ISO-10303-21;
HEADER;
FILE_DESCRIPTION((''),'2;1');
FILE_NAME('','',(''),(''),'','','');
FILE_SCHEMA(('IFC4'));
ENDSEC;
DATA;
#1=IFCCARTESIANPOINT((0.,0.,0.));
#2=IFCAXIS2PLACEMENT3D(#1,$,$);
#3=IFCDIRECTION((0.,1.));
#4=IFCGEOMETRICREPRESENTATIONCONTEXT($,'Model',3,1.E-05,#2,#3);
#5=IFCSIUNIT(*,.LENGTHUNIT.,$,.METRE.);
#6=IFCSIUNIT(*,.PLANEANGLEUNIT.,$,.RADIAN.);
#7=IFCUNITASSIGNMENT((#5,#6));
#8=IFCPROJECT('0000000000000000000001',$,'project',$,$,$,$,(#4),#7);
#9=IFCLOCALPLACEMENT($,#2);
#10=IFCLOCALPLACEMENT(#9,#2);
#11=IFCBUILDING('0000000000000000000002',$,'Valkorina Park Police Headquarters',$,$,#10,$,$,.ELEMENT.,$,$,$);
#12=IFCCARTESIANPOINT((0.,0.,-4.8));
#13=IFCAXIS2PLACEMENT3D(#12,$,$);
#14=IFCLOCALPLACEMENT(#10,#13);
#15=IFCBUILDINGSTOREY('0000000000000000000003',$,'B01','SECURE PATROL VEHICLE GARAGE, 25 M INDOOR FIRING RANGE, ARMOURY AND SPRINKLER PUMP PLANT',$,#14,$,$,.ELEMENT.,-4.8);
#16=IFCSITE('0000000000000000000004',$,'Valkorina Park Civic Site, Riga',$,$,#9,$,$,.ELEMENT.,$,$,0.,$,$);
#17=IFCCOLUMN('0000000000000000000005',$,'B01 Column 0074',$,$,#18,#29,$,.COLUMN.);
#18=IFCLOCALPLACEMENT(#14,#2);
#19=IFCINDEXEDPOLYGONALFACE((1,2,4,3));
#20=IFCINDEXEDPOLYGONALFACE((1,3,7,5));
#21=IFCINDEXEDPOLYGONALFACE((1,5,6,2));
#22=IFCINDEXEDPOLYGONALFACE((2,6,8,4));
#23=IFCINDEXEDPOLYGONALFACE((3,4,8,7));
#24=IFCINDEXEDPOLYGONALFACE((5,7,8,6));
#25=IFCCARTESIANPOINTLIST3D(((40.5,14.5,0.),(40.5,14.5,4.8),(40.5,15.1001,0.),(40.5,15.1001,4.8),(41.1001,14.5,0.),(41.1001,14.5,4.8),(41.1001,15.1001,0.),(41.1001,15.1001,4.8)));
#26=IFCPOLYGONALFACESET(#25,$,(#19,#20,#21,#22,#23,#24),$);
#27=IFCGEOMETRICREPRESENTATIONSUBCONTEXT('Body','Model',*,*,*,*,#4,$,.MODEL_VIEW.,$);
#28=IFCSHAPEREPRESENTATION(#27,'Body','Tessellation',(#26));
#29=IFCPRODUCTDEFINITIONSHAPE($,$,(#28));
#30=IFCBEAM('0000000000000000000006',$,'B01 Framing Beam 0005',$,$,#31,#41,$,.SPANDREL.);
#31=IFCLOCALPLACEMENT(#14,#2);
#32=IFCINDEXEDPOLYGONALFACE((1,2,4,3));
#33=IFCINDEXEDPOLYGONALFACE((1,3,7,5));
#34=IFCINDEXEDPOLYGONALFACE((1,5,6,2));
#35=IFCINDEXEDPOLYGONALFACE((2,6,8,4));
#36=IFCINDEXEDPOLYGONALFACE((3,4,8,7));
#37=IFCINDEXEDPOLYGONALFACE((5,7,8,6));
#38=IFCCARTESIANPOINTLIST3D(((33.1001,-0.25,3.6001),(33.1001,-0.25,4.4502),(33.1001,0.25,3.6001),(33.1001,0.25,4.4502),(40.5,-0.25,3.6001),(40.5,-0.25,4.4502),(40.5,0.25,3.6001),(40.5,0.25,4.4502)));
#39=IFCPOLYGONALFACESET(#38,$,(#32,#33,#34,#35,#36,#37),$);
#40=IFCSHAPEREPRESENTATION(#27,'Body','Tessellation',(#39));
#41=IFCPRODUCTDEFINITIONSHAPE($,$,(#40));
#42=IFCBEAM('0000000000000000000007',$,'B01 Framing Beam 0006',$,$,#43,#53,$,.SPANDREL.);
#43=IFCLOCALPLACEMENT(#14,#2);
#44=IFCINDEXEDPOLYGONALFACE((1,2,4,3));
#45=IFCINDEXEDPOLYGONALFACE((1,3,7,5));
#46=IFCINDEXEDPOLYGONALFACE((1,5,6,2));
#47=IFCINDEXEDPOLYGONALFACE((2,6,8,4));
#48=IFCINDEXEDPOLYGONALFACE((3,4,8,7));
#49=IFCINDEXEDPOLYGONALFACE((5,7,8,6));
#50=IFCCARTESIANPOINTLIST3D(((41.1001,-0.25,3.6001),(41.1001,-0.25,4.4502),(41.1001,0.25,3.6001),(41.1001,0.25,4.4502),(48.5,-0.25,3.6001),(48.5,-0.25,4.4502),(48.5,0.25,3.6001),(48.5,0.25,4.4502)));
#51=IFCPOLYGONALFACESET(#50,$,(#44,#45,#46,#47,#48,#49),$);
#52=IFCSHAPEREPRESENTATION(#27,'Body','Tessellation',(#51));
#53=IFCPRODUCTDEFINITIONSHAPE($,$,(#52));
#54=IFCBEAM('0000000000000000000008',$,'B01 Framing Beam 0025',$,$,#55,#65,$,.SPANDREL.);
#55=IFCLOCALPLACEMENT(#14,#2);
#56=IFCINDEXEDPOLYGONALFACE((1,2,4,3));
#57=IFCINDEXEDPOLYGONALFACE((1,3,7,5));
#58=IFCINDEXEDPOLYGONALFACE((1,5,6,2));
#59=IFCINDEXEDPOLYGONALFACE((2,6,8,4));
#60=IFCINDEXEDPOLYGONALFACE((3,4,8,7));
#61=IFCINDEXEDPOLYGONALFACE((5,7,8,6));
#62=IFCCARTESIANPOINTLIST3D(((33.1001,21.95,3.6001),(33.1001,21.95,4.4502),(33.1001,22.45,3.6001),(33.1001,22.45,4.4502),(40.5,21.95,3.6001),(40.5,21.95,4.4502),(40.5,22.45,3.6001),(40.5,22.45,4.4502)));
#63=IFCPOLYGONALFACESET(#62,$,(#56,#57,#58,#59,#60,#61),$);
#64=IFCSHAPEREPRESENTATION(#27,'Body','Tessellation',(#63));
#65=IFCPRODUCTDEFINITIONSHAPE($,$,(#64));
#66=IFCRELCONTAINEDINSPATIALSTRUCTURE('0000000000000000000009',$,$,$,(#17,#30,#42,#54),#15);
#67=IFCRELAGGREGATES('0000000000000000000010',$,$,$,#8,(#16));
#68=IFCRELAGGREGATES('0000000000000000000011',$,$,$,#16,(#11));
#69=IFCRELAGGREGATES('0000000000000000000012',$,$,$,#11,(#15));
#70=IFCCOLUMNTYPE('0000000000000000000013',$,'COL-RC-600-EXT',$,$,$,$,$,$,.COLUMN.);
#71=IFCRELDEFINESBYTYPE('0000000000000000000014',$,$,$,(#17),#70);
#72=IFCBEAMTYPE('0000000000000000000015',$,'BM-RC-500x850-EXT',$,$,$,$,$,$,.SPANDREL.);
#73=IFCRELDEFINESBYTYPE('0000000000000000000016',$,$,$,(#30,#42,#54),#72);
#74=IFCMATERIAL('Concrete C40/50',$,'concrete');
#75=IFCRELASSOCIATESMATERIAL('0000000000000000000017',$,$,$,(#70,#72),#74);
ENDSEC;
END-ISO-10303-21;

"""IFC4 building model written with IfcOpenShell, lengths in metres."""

from ifc_helpers import new_model, si_unit, direction, frame, origin, origin_2d, place, context, subcontext, project, spatial, rectangle, extrude, material, material_profile, profile_set, type_object, element, save


model = new_model("IFC4")

# Units and contexts
model_context = context("Model", 3, precision=1e-05, world=origin(), true_north=direction((0.0, 1.0)))
body_context = subcontext(model_context, "Body", "Model", "MODEL_VIEW")
ifc_project = project(units=[si_unit("LENGTHUNIT", "METRE"), si_unit("PLANEANGLEUNIT", "RADIAN")], contexts=[model_context])

# Site, building, storey
site_placement = place(None, origin())
site = spatial("IfcSite", under=ifc_project, at=site_placement, Name="Valkorina Park Civic Site, Riga", CompositionType="ELEMENT", RefElevation=0.0)
building_placement = place(site_placement, origin())
building = spatial("IfcBuilding", under=site, at=building_placement, Name="Valkorina Park Police Headquarters", CompositionType="ELEMENT")
storey_placement = place(building_placement, frame((0.0, 0.0, -4.8)))
storey = spatial("IfcBuildingStorey", under=building, at=storey_placement, Name="B01", Description="SECURE PATROL VEHICLE GARAGE, 25 M INDOOR FIRING RANGE, ARMOURY AND SPRINKLER PUMP PLANT", CompositionType="ELEMENT", Elevation=-4.8)

# Shared definitions
ifc_material_1 = material(Name="Concrete C40/50", Category="concrete")

# Column
ifc_material_profile_1 = material_profile(ifc_material_1, rectangle(XDim=0.6001, YDim=0.6001, at=origin_2d()), Name="RC COL 600x600")
ifc_profile_set_1 = profile_set([ifc_material_profile_1], Name="Concrete C40/50")
column_type = type_object("IfcColumnType", Name="COL-RC-600-EXT", PredefinedType="COLUMN", material=ifc_profile_set_1)
for number, where, z_axis, x_axis, name in (
    (1, (40.8, 14.8, 0.0), (0.0, 0.0, 1.0), (1.0, 0.0, 0.0), "B01 Column 0074"),
):
    element("IfcColumn", number, at=place(storey_placement, frame(where, z_axis=z_axis, x_axis=x_axis)), inside=storey, type_object=column_type, Name=name, PredefinedType="COLUMN", context=body_context, shape_type="SweptSolid", body=[
        extrude(rectangle(XDim=0.6001, YDim=0.6001, at=origin_2d()), origin(), (0.0, 0.0, 1.0), 4.8),
    ])

# Beams
ifc_material_profile_2 = material_profile(ifc_material_1, rectangle(XDim=0.5, YDim=0.8501, at=origin_2d()), Name="RC BEAM 500x850")
ifc_profile_set_2 = profile_set([ifc_material_profile_2], Name="Concrete C40/50")
beam_type = type_object("IfcBeamType", Name="BM-RC-500x850-EXT", PredefinedType="SPANDREL", material=ifc_profile_set_2)
for number, where, z_axis, x_axis, name in (
    (2, (33.1001, 0.0, 4.0251), (1.0, 0.0, 0.0), (0.0, 1.0, 0.0), "B01 Framing Beam 0005"),
    (3, (41.1001, 0.0, 4.0251), (1.0, 0.0, 0.0), (0.0, 1.0, 0.0), "B01 Framing Beam 0006"),
    (4, (33.1001, 22.2, 4.0251), (1.0, 0.0, 0.0), (0.0, 1.0, 0.0), "B01 Framing Beam 0025"),
):
    element("IfcBeam", number, at=place(storey_placement, frame(where, z_axis=z_axis, x_axis=x_axis)), inside=storey, type_object=beam_type, Name=name, PredefinedType="SPANDREL", context=body_context, shape_type="SweptSolid", body=[
        extrude(rectangle(XDim=0.5, YDim=0.8501, at=origin_2d()), origin(), (0.0, 0.0, 1.0), 7.3999),
    ])

save(model, "model.ifc")
